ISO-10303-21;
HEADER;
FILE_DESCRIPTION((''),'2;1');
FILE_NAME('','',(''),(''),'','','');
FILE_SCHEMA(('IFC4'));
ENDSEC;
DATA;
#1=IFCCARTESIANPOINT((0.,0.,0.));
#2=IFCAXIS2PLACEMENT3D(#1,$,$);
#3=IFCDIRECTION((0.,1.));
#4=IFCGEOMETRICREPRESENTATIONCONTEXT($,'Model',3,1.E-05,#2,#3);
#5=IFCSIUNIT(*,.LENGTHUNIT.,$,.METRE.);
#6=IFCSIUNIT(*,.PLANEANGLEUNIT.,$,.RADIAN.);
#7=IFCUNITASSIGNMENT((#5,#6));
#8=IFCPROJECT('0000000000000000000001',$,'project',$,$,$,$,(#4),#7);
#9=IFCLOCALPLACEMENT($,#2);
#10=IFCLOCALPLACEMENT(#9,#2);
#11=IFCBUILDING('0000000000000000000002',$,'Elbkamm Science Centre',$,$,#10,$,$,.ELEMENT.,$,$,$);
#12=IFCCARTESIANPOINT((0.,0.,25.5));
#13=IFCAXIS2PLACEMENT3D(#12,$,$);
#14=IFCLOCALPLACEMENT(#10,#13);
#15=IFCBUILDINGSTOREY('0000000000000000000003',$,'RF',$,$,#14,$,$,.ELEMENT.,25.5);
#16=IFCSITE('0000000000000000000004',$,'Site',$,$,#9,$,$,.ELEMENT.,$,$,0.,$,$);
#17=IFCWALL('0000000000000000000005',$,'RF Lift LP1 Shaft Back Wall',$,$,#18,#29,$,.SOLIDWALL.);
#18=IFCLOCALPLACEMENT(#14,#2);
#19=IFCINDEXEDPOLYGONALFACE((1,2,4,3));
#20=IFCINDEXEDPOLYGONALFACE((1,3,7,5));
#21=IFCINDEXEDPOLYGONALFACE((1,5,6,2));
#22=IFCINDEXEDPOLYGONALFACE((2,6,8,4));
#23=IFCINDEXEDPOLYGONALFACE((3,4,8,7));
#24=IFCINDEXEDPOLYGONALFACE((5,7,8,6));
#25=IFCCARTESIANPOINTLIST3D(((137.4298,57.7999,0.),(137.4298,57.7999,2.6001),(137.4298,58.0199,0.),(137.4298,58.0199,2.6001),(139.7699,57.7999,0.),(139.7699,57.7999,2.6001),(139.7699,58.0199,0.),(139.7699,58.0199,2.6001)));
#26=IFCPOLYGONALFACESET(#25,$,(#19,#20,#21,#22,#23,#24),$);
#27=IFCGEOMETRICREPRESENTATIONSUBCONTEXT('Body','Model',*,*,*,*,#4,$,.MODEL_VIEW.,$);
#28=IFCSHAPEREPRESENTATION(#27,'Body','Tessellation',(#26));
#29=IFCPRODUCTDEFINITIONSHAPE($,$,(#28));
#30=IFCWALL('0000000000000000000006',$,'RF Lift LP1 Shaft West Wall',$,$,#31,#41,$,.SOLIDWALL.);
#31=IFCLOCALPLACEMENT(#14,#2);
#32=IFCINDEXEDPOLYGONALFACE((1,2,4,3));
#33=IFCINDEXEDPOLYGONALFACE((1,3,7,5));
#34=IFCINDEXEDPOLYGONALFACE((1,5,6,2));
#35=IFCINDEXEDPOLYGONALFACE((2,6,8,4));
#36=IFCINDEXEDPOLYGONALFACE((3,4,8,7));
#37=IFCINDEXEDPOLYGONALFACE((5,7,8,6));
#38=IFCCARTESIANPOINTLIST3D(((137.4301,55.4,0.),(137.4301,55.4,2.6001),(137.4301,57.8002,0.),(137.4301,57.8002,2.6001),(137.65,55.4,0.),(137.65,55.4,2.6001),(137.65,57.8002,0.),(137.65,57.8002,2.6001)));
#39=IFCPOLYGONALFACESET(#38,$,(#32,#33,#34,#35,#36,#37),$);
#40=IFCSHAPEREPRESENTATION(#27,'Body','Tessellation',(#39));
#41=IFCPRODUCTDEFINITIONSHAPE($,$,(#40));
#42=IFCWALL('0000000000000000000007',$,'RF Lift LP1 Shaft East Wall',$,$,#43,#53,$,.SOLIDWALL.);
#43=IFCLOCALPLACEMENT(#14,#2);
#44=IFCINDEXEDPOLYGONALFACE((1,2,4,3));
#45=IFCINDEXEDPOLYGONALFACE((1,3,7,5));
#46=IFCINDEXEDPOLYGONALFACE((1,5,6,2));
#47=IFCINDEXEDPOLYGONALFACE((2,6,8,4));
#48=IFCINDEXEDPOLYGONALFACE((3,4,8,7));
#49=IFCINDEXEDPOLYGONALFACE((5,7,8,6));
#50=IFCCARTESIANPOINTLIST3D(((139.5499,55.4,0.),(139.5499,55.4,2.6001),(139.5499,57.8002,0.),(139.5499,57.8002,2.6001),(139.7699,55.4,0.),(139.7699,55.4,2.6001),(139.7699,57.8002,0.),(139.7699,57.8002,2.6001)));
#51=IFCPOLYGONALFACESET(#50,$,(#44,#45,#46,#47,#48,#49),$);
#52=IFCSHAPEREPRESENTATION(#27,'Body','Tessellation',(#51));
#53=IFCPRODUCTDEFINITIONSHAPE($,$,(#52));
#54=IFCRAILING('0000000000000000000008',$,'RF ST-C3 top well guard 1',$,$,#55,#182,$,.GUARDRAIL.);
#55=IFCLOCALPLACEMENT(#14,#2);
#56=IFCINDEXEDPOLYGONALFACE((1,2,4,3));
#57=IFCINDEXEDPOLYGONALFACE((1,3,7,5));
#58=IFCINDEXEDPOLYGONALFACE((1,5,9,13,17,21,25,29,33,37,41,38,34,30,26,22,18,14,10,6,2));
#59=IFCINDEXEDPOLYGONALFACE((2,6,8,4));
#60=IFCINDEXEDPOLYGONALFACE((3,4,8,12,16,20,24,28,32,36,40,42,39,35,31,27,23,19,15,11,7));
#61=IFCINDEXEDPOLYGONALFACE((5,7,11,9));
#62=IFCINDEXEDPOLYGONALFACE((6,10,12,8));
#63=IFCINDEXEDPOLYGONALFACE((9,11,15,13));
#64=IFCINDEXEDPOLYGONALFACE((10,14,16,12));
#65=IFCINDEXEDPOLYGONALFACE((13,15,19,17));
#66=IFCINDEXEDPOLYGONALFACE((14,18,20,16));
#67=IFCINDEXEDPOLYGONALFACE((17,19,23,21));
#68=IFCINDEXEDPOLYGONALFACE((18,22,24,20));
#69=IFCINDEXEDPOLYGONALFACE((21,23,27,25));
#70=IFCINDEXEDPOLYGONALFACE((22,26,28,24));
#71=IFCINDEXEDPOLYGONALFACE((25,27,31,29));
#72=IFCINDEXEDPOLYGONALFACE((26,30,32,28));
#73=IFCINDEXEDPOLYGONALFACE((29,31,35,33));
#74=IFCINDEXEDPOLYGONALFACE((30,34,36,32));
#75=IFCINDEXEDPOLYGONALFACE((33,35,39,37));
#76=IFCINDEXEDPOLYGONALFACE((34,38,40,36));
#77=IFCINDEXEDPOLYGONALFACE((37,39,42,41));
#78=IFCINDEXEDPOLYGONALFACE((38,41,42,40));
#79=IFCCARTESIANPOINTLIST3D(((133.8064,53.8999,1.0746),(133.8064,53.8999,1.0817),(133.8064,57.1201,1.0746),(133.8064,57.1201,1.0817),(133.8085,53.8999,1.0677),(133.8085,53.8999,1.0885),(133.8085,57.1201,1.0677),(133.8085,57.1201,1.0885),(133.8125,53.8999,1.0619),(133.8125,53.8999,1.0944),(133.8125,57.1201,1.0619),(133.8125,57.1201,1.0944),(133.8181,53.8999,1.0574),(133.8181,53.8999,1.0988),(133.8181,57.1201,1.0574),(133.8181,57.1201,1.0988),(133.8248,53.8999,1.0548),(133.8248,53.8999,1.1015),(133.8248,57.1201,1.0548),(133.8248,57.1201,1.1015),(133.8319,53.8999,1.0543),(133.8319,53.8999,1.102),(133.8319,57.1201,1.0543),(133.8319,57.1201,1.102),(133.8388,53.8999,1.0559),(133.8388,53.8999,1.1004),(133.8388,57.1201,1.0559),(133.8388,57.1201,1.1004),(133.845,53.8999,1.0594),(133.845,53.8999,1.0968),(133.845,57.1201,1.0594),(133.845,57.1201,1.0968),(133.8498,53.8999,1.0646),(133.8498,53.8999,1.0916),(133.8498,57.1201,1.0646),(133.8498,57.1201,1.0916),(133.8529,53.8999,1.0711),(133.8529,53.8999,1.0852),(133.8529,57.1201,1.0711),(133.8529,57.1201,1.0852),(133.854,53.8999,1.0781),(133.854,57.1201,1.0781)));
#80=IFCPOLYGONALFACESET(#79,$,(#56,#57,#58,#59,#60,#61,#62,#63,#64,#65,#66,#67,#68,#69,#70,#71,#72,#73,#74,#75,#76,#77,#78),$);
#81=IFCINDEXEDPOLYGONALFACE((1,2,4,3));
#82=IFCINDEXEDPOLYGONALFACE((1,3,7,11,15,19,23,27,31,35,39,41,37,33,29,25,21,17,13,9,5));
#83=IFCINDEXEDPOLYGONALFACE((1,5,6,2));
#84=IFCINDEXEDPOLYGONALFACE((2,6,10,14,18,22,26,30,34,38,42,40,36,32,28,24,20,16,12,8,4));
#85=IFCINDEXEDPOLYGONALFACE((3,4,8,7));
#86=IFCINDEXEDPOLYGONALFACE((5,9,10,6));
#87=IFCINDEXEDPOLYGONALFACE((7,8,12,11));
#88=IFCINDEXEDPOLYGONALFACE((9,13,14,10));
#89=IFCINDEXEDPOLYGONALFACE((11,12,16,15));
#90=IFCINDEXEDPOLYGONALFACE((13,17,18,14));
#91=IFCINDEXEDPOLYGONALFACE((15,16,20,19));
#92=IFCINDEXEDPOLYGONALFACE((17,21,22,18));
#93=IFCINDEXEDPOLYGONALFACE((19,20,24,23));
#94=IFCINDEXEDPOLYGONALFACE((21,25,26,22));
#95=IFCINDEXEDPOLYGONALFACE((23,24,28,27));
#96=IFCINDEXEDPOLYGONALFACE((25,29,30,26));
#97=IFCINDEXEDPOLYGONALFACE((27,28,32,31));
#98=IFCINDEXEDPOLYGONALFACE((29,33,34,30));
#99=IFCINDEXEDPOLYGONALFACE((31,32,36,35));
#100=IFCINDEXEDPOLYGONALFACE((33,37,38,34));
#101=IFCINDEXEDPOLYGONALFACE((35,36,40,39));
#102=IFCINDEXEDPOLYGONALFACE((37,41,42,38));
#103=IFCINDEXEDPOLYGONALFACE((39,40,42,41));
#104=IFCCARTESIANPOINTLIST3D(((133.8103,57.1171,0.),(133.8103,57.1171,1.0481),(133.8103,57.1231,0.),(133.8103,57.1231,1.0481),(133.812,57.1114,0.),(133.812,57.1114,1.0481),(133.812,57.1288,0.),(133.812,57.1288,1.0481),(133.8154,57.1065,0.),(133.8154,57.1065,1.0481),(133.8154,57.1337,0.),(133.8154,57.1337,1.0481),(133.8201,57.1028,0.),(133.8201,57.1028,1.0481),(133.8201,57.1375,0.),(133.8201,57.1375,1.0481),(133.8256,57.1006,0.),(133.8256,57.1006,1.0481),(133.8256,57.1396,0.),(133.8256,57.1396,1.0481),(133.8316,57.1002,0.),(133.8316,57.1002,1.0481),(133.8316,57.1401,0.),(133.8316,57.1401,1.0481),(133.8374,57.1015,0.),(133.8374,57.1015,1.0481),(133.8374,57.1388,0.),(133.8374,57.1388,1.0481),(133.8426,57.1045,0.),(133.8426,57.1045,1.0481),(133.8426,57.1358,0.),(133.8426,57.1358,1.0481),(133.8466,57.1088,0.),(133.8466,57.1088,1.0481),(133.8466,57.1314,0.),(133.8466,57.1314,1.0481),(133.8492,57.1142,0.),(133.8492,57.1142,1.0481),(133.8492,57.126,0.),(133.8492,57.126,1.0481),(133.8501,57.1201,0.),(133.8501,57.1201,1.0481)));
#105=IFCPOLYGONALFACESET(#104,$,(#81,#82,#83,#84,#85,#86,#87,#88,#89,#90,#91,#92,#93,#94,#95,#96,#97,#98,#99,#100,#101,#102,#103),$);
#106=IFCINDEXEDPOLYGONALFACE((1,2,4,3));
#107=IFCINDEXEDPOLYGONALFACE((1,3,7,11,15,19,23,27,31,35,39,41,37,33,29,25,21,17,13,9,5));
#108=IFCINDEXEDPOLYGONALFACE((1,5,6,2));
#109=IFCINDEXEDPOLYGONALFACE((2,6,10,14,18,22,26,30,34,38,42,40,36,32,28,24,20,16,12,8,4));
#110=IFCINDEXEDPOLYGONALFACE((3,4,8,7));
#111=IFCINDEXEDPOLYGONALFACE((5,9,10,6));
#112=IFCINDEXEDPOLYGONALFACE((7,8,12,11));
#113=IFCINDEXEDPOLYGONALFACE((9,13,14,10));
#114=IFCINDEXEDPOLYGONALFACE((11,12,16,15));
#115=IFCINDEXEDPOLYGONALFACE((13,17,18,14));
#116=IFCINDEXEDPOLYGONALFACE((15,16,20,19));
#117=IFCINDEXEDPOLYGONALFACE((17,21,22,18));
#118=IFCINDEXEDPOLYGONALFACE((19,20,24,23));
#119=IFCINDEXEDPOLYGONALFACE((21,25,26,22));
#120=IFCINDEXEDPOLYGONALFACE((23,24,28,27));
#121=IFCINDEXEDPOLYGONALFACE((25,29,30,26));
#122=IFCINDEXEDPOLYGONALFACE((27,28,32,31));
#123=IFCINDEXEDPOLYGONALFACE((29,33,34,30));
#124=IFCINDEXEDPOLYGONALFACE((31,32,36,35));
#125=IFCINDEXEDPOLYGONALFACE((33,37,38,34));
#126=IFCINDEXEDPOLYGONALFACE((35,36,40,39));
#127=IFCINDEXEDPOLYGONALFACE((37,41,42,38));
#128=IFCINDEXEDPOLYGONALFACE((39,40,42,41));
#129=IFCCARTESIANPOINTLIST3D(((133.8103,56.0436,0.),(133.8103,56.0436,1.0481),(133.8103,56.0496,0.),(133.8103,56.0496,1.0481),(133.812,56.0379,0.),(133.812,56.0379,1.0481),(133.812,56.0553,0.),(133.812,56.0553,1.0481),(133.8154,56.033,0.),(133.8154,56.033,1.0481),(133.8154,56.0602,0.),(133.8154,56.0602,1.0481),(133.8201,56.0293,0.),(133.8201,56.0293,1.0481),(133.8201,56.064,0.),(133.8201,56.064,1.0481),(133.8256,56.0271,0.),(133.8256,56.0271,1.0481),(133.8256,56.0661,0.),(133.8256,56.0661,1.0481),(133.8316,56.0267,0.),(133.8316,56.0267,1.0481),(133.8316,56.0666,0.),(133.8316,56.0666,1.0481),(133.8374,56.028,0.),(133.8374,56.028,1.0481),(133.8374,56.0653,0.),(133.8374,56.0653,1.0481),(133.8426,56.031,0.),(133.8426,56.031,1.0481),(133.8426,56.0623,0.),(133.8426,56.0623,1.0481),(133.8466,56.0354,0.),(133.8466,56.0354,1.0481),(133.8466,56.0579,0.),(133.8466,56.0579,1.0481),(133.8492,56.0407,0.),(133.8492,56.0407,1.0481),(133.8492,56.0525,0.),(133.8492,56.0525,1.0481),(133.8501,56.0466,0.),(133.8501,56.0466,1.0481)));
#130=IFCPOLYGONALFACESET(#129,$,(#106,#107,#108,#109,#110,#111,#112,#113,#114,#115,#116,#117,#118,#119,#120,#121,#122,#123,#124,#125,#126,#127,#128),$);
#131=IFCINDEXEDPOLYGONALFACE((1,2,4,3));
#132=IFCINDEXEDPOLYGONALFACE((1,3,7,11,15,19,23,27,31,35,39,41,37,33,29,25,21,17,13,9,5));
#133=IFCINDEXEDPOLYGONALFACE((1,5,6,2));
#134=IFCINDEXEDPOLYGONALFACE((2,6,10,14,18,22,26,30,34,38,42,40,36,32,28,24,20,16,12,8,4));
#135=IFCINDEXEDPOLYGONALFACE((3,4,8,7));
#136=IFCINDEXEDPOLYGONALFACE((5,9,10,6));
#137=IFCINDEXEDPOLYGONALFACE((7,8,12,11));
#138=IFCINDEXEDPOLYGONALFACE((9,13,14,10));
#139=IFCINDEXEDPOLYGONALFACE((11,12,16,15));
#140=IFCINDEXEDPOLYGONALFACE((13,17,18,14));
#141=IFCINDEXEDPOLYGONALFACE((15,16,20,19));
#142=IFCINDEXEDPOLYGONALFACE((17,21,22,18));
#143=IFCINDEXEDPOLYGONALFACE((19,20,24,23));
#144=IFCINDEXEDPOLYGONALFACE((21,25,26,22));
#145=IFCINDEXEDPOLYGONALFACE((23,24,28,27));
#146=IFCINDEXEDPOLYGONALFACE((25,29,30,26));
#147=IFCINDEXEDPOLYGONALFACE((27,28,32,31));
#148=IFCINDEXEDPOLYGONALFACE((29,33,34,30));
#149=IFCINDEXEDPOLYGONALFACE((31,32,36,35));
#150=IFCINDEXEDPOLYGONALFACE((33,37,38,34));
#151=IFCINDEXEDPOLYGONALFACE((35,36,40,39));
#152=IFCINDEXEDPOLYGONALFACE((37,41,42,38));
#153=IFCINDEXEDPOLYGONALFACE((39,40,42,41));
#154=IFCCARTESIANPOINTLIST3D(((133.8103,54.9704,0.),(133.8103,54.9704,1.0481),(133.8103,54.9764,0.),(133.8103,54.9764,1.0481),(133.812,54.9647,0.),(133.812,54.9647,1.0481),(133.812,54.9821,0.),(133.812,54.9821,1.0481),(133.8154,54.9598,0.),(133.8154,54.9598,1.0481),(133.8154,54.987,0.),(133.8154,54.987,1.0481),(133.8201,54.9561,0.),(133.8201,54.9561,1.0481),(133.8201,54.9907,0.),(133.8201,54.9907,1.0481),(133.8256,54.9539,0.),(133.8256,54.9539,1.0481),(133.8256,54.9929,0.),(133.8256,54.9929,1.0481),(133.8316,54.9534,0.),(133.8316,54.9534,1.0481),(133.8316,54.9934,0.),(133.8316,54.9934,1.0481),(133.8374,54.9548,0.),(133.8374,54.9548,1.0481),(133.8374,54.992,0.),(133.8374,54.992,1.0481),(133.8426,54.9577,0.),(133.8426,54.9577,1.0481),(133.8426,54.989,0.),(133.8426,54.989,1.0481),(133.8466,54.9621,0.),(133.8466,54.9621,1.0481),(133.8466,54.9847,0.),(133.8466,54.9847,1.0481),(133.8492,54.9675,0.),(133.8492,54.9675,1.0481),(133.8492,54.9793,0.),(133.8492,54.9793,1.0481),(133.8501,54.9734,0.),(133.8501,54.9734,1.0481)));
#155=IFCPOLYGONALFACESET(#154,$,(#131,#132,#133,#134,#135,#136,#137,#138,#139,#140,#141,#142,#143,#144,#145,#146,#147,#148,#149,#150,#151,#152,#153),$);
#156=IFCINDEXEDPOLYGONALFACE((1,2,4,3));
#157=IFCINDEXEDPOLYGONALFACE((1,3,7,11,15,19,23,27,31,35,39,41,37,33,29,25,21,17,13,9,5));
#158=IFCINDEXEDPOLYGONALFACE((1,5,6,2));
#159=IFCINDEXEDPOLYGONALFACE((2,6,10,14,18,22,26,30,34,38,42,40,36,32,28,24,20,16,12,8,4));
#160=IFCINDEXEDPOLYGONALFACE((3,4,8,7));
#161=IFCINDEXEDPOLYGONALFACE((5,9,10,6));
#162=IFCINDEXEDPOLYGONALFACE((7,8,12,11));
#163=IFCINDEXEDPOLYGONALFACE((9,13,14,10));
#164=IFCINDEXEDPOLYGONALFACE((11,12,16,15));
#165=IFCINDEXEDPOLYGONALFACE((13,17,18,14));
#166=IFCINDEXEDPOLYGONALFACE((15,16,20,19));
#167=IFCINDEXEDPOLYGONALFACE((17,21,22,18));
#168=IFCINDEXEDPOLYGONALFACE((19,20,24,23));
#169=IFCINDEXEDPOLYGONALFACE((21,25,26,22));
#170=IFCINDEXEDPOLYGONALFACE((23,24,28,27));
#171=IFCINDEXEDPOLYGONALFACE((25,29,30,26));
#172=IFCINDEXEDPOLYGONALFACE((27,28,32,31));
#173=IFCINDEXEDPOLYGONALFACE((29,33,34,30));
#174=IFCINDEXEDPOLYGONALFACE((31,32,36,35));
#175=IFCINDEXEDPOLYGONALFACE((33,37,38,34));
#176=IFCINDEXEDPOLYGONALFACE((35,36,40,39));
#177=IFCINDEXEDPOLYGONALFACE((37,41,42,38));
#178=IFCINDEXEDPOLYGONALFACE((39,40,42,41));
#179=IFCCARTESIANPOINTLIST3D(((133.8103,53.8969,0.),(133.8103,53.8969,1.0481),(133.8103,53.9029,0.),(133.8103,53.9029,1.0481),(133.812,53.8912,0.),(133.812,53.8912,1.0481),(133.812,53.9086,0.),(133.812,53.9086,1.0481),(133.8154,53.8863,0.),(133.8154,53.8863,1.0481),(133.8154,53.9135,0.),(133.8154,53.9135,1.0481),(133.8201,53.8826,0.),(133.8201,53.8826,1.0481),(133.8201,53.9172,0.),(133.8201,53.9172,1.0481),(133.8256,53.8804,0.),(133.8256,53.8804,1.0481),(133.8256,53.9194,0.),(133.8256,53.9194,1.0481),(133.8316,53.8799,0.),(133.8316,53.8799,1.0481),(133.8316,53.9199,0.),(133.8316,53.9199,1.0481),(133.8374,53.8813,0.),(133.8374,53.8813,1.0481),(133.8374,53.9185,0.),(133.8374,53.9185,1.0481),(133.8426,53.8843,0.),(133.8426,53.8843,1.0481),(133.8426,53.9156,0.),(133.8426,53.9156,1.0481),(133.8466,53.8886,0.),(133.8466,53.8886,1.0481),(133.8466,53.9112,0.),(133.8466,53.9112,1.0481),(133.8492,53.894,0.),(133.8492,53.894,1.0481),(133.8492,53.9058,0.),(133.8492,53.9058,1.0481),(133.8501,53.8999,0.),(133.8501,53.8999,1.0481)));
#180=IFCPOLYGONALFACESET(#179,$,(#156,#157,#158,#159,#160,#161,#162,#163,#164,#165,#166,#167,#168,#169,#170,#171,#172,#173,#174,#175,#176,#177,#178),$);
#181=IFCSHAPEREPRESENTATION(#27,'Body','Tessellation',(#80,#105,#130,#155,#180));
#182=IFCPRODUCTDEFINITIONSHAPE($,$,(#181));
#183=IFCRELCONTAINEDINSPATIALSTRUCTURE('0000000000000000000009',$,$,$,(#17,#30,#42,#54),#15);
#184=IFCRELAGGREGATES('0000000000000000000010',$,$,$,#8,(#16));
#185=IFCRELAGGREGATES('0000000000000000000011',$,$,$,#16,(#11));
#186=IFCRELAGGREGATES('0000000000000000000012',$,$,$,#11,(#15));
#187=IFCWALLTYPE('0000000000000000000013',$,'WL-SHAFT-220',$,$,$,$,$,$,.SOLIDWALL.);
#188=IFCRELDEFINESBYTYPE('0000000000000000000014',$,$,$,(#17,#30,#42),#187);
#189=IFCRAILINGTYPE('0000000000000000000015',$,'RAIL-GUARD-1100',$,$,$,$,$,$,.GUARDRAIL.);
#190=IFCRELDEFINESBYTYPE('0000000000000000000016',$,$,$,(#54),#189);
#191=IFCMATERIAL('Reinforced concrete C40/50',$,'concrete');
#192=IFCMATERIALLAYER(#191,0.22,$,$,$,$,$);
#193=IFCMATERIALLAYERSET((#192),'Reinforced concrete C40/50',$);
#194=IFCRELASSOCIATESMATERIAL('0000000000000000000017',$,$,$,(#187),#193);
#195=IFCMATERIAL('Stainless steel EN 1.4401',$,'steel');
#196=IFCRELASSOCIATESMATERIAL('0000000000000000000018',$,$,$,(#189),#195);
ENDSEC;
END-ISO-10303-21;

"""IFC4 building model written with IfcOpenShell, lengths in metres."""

from ifc_helpers import new_model, si_unit, direction, frame, frame_2d, origin, origin_2d, place, context, subcontext, project, spatial, rectangle, circle, extrude, material, layer, layer_set, type_object, element, save


model = new_model("IFC4")

# Units and contexts
model_context = context("Model", 3, precision=1e-05, world=origin(), true_north=direction((0.0, 1.0)))
body_context = subcontext(model_context, "Body", "Model", "MODEL_VIEW")
ifc_project = project(units=[si_unit("LENGTHUNIT", "METRE"), si_unit("PLANEANGLEUNIT", "RADIAN")], contexts=[model_context])

# Site, building, storey
site_placement = place(None, origin())
site = spatial("IfcSite", under=ifc_project, at=site_placement, Name="Site", CompositionType="ELEMENT", RefElevation=0.0)
building_placement = place(site_placement, origin())
building = spatial("IfcBuilding", under=site, at=building_placement, Name="Elbkamm Science Centre", CompositionType="ELEMENT")
storey_placement = place(building_placement, frame((0.0, 0.0, 25.5)))
storey = spatial("IfcBuildingStorey", under=building, at=storey_placement, Name="RF", CompositionType="ELEMENT", Elevation=25.5)

# Shared definitions
ifc_material_1 = material(Name="Reinforced concrete C40/50", Category="concrete")
ifc_layer_1 = layer(ifc_material_1, 0.22)
ifc_layer_set_1 = layer_set([ifc_layer_1], Name="Reinforced concrete C40/50")
wall_type_1 = type_object("IfcWallType", Name="WL-SHAFT-220", PredefinedType="SOLIDWALL", material=ifc_layer_set_1)

# Walls
wall_1_placement = place(storey_placement, frame((137.4299, 57.9099, 0.0), z_axis=(0.0, 0.0, 1.0), x_axis=(1.0, 0.0, 0.0)))
element("IfcWall", 1, at=wall_1_placement, inside=storey, type_object=wall_type_1, Name="RF Lift LP1 Shaft Back Wall", PredefinedType="SOLIDWALL", context=body_context, shape_type="SweptSolid", body=[
    extrude(rectangle(XDim=2.3401, YDim=0.22, at=frame_2d((1.1699, 0.0))), origin(), (0.0, 0.0, 1.0), 2.6001),
])
for number, where, z_axis, x_axis, name in (
    (2, (137.54, 55.3999, 0.0), (0.0, 0.0, 1.0), (0.0, 1.0, 0.0), "RF Lift LP1 Shaft West Wall"),
    (3, (139.6599, 55.3999, 0.0), (0.0, 0.0, 1.0), (0.0, 1.0, 0.0), "RF Lift LP1 Shaft East Wall"),
):
    element("IfcWall", number, at=place(storey_placement, frame(where, z_axis=z_axis, x_axis=x_axis)), inside=storey, type_object=wall_type_1, Name=name, PredefinedType="SOLIDWALL", context=body_context, shape_type="SweptSolid", body=[
        extrude(rectangle(XDim=2.4001, YDim=0.22, at=frame_2d((1.2002, 0.0))), origin(), (0.0, 0.0, 1.0), 2.6001),
    ])

# Railing
ifc_material_2 = material(Name="Stainless steel EN 1.4401", Category="steel")
railing_type = type_object("IfcRailingType", Name="RAIL-GUARD-1100", PredefinedType="GUARDRAIL", material=ifc_material_2)
railing_1_placement = place(storey_placement, frame((133.8301, 57.1201, 0.0)))
element("IfcRailing", 4, at=railing_1_placement, inside=storey, type_object=railing_type, Name="RF ST-C3 top well guard 1", PredefinedType="GUARDRAIL", context=body_context, shape_type="SweptSolid", body=[
    extrude(circle(Radius=0.0239, at=origin_2d()), frame((0.0, 0.0, 1.0781), z_axis=(0.0, -1.0, 0.0), x_axis=(1.0, 0.0, 0.0)), (0.0, 0.0, 1.0), 3.2202),
    extrude(circle(Radius=0.02, at=origin_2d()), origin(), (0.0, 0.0, 1.0), 1.0481),
    extrude(circle(Radius=0.02, at=origin_2d()), frame((0.0, -1.0735, 0.0)), (0.0, 0.0, 1.0), 1.0481),
    extrude(circle(Radius=0.02, at=origin_2d()), frame((0.0, -2.1467, 0.0)), (0.0, 0.0, 1.0), 1.0481),
    extrude(circle(Radius=0.02, at=origin_2d()), frame((0.0, -3.2202, 0.0)), (0.0, 0.0, 1.0), 1.0481),
])

save(model, "model.ifc")
